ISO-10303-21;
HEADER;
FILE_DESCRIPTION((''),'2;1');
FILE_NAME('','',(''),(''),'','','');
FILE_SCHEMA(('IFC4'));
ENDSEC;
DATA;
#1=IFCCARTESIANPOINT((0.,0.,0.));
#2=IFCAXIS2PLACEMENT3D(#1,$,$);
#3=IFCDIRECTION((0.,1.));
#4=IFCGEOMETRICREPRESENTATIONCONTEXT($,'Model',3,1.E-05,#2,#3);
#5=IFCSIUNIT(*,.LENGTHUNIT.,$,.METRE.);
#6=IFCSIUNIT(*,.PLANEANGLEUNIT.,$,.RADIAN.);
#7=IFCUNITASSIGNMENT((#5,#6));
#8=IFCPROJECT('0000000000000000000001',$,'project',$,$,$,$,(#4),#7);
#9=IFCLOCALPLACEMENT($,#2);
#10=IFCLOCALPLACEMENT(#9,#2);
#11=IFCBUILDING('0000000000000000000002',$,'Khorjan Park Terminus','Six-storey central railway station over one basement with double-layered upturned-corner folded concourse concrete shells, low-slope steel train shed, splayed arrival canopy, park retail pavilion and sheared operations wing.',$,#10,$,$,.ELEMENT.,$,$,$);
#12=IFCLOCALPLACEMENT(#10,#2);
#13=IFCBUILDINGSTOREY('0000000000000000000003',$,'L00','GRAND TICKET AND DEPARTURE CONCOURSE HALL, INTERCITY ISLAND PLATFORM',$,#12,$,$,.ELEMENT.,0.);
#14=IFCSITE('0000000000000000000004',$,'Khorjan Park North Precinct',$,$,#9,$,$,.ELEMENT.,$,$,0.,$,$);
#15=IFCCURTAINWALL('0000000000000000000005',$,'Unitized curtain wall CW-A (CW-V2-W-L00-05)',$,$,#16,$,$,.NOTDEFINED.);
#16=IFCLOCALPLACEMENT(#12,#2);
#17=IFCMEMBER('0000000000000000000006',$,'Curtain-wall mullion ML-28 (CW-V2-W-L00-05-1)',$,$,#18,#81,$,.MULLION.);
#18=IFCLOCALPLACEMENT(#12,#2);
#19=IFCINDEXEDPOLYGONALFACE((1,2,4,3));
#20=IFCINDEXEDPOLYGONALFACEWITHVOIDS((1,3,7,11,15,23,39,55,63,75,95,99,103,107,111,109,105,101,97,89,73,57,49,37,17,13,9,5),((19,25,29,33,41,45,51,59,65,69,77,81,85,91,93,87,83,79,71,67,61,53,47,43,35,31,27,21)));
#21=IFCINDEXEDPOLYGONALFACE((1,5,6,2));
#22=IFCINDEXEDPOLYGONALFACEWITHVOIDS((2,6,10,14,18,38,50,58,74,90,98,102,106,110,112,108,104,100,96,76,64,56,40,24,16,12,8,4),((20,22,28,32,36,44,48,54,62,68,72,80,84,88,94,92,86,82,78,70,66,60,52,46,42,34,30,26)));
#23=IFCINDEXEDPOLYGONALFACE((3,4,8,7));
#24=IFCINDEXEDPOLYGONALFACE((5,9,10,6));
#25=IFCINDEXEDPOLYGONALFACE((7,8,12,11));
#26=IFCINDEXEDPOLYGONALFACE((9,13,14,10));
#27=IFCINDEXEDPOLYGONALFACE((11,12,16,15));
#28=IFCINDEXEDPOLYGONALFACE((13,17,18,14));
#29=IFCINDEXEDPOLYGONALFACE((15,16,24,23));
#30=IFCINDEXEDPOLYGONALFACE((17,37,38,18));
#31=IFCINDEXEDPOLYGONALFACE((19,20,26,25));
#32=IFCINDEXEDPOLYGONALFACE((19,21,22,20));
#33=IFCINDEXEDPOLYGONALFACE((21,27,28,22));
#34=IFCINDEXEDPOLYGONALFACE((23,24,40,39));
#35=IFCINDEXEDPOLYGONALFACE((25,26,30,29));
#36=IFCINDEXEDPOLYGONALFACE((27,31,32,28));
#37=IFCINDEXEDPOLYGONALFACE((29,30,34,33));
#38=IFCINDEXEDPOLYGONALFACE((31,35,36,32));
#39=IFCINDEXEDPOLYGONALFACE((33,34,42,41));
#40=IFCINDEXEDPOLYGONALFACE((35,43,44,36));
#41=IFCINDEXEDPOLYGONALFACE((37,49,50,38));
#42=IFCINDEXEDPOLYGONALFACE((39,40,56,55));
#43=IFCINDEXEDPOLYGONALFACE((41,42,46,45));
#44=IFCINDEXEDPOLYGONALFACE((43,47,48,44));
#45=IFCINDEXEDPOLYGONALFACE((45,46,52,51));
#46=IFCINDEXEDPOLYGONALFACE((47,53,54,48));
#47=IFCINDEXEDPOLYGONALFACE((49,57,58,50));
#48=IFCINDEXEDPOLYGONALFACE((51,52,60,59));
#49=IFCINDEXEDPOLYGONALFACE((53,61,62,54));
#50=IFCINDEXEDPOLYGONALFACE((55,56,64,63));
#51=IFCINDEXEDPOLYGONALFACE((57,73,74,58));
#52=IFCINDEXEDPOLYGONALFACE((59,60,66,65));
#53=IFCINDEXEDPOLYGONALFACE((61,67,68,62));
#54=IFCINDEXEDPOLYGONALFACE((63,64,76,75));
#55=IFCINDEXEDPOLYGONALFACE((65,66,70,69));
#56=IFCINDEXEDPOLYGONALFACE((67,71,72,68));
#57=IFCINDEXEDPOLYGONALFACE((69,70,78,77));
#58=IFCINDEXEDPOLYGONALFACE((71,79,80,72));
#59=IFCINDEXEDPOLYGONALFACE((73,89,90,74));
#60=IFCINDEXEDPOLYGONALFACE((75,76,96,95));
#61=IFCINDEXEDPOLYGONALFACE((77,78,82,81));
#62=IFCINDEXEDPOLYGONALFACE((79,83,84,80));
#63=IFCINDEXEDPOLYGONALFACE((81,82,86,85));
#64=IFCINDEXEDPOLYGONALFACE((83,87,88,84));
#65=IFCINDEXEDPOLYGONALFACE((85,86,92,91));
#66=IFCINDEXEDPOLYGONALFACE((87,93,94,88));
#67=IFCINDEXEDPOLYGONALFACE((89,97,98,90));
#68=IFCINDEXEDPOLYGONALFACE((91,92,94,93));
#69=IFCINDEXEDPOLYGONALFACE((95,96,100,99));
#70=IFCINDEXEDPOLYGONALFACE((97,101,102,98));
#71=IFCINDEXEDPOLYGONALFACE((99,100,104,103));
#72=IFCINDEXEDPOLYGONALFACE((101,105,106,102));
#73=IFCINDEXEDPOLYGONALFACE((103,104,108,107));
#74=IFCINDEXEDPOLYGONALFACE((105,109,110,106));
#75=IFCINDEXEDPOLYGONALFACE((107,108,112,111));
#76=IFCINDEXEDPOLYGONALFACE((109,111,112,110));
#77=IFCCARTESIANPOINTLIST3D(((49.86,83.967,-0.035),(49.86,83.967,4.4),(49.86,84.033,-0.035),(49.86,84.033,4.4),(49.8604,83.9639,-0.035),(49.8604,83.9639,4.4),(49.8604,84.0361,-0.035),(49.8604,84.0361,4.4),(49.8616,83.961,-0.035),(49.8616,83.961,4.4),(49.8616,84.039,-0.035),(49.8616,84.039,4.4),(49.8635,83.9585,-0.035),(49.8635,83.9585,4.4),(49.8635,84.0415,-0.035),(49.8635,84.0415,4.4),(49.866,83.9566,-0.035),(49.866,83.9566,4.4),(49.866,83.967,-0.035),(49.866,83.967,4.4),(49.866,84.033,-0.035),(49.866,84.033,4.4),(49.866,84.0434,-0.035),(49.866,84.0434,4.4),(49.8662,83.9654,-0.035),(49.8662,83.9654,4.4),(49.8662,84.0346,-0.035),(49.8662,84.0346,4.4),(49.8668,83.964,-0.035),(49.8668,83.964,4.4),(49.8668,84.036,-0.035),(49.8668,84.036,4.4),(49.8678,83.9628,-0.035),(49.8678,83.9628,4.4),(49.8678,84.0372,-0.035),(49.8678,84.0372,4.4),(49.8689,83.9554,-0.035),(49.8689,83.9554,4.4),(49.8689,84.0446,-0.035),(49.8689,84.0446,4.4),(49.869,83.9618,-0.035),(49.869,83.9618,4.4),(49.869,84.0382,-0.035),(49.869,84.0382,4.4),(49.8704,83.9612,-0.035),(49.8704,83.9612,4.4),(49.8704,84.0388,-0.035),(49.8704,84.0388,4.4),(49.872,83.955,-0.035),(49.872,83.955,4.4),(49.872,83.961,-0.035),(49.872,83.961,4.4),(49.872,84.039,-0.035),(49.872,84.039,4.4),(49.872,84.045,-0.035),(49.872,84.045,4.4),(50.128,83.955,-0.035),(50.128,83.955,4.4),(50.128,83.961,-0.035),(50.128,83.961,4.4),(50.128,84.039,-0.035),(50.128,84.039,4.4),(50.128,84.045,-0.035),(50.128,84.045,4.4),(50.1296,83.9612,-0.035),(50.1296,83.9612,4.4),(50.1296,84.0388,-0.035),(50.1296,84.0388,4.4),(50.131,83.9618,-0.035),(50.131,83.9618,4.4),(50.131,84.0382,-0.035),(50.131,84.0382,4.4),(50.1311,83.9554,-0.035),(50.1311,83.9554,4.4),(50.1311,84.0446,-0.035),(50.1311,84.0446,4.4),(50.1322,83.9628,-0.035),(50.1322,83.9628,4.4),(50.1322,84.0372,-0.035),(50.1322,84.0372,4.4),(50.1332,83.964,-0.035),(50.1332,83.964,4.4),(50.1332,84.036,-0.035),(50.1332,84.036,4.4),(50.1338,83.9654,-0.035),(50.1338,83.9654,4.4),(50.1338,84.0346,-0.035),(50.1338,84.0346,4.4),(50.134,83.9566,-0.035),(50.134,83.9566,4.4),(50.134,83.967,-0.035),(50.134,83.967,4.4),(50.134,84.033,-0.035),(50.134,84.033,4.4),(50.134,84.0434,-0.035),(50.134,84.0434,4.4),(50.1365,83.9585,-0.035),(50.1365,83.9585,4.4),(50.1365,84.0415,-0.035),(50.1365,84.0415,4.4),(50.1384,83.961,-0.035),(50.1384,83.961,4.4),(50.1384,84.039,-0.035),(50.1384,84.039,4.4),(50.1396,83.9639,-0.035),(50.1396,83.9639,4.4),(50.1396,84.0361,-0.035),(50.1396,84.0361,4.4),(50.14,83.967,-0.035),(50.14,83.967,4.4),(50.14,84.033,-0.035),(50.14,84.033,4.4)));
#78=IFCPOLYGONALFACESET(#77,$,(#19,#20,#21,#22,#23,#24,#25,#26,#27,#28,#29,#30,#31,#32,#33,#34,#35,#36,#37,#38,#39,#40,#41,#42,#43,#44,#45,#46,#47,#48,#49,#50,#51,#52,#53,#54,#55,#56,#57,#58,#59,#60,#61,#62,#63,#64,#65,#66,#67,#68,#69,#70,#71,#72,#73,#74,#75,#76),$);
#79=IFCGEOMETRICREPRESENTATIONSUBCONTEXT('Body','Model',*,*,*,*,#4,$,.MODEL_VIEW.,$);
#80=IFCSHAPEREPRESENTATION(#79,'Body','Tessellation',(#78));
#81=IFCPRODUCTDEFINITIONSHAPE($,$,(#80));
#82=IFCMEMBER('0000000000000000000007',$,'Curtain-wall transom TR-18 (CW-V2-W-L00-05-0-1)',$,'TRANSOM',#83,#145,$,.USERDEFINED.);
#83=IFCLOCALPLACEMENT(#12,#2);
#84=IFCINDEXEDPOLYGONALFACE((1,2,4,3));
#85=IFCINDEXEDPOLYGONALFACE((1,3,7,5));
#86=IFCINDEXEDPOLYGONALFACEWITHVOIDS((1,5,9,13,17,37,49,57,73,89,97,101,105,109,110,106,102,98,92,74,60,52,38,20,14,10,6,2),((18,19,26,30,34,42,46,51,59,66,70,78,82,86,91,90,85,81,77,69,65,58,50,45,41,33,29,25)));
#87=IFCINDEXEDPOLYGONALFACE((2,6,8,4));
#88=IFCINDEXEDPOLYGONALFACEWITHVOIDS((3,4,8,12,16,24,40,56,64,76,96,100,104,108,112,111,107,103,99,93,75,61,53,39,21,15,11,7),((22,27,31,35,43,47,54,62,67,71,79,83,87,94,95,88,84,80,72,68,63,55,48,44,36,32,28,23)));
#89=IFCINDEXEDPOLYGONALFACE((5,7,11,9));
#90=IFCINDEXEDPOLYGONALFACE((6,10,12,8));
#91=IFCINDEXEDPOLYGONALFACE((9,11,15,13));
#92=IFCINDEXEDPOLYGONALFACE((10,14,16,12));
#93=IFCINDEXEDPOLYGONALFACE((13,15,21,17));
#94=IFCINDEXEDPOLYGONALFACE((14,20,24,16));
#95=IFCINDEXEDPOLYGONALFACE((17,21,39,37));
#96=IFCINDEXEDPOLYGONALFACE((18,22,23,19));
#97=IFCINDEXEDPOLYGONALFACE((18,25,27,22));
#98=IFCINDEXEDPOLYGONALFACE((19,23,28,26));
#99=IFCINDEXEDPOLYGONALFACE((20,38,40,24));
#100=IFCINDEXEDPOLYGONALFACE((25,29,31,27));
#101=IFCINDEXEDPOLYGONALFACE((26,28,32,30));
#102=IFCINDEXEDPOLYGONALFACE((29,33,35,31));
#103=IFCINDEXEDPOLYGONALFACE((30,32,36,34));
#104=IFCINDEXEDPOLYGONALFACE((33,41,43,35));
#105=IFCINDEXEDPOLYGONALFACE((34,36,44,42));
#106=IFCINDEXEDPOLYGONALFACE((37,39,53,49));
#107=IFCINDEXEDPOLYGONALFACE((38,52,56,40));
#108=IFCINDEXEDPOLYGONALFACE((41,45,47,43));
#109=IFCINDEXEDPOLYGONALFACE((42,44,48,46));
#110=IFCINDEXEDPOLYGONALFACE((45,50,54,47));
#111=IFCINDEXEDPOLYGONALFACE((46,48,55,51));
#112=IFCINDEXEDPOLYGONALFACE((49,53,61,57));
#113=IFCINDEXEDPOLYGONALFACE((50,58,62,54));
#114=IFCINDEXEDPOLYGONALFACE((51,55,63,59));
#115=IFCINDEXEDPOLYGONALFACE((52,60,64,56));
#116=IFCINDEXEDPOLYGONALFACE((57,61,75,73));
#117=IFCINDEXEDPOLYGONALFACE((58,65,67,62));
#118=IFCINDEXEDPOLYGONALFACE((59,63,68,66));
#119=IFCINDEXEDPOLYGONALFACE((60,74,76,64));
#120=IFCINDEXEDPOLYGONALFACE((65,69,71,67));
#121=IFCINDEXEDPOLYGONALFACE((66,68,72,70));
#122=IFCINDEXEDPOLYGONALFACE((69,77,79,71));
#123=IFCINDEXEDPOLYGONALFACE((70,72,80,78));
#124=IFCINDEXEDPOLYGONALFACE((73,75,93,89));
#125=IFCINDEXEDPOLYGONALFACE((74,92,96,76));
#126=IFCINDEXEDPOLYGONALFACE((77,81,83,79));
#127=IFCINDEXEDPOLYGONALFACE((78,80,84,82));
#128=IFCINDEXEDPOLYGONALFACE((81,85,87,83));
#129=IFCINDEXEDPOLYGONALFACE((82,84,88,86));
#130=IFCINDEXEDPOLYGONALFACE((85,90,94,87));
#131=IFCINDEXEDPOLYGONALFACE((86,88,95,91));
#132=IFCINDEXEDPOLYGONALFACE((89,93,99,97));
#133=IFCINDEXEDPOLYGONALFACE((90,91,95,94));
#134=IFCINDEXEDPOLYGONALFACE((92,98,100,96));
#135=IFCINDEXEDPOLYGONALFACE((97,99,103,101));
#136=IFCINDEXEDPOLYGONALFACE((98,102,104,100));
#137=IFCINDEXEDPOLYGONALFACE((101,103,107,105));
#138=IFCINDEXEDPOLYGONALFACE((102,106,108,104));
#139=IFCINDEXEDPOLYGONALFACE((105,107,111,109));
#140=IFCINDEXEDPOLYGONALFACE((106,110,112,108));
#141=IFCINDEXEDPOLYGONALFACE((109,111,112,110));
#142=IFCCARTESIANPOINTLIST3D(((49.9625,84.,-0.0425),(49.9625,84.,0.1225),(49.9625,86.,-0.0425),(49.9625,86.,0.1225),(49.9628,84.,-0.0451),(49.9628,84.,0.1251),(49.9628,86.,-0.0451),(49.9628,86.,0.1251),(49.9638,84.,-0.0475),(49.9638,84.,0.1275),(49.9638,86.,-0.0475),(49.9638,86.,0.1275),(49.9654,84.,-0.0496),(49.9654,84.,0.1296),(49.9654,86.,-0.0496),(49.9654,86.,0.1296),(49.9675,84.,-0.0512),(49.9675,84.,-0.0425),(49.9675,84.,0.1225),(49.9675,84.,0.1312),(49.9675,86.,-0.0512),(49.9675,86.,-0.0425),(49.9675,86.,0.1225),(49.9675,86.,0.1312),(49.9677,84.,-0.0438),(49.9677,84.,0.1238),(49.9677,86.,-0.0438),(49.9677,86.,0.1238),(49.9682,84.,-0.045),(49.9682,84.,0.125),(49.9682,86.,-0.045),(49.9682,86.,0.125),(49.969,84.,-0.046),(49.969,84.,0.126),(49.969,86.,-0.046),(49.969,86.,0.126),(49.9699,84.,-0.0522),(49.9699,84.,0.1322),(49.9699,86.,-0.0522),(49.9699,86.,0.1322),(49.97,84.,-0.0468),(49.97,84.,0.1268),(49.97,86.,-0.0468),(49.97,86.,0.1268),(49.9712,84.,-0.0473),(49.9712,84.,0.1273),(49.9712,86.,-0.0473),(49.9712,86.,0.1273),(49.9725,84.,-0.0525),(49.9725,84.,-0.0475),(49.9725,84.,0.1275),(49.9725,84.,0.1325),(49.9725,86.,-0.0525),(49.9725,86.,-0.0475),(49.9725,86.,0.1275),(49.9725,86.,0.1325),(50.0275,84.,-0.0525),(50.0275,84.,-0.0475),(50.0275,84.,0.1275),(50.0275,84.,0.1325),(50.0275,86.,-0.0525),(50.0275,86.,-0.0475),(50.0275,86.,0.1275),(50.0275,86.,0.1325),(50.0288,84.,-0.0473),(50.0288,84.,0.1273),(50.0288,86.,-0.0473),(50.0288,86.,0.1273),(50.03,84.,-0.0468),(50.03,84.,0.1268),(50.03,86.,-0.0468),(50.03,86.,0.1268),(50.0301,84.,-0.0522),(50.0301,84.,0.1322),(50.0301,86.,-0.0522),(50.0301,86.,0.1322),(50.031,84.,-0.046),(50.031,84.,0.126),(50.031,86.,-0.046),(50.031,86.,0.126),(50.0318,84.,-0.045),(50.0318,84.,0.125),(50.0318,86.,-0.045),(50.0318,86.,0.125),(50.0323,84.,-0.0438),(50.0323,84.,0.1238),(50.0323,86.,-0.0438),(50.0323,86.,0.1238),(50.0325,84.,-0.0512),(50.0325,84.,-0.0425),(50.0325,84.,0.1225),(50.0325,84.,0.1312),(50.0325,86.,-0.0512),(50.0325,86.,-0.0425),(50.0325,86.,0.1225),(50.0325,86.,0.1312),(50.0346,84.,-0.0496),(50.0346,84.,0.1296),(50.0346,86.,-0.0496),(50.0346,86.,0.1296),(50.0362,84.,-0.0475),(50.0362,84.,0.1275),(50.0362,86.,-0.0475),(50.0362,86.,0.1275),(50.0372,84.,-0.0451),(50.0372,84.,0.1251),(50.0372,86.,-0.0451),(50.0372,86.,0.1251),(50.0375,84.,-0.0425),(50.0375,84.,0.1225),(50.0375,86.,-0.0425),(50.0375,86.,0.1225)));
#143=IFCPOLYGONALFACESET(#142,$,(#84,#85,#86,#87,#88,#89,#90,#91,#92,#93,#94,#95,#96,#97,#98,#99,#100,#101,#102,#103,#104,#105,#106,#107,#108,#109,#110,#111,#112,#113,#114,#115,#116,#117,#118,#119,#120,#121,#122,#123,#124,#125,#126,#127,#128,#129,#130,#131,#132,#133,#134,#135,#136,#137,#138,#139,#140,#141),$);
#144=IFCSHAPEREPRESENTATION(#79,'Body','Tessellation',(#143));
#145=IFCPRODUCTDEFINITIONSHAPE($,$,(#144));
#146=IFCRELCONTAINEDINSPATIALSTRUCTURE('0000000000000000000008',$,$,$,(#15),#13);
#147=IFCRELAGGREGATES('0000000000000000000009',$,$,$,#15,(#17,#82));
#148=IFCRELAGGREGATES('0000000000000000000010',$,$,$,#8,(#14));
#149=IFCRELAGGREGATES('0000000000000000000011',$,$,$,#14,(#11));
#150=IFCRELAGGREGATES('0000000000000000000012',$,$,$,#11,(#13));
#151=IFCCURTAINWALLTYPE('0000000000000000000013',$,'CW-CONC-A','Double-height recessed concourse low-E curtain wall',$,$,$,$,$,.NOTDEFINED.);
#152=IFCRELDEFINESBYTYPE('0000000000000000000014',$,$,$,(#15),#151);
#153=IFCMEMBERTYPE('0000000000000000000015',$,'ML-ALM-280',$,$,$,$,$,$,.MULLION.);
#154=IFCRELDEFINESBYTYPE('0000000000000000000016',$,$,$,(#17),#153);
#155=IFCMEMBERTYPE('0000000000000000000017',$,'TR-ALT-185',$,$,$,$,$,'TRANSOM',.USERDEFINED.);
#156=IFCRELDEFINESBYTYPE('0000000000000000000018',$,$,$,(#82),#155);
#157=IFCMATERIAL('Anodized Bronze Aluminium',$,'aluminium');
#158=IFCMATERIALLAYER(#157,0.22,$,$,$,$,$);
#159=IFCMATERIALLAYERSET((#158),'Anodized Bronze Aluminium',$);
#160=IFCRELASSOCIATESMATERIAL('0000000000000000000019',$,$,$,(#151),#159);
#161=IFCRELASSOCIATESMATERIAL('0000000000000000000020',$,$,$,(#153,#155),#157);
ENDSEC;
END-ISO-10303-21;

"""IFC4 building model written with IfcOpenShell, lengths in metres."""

from ifc_helpers import new_model, si_unit, direction, frame, origin, origin_2d, place, context, subcontext, project, spatial, hollow_rectangle, extrude, material, layer, layer_set, material_profile, profile_set, type_object, element, aggregate, save


model = new_model("IFC4")

# Units and contexts
model_context = context("Model", 3, precision=1e-05, world=origin(), true_north=direction((0.0, 1.0)))
body_context = subcontext(model_context, "Body", "Model", "MODEL_VIEW")
ifc_project = project(units=[si_unit("LENGTHUNIT", "METRE"), si_unit("PLANEANGLEUNIT", "RADIAN")], contexts=[model_context])

# Site, building, storey
site_placement = place(None, origin())
site = spatial("IfcSite", under=ifc_project, at=site_placement, Name="Khorjan Park North Precinct", CompositionType="ELEMENT", RefElevation=0.0)
building_placement = place(site_placement, origin())
building = spatial("IfcBuilding", under=site, at=building_placement, Name="Khorjan Park Terminus", Description="Six-storey central railway station over one basement with double-layered upturned-corner folded concourse concrete shells, low-slope steel train shed, splayed arrival canopy, park retail pavilion and sheared operations wing.", CompositionType="ELEMENT")
storey_placement = place(building_placement, origin())
storey = spatial("IfcBuildingStorey", under=building, at=storey_placement, Name="L00", Description="GRAND TICKET AND DEPARTURE CONCOURSE HALL, INTERCITY ISLAND PLATFORM", CompositionType="ELEMENT", Elevation=0.0)

# Shared definitions
ifc_material_1 = material(Name="Anodized Bronze Aluminium", Category="aluminium")
ifc_layer_1 = layer(ifc_material_1, 0.22)
ifc_layer_set_1 = layer_set([ifc_layer_1], Name="Anodized Bronze Aluminium")
curtain_wall_type = type_object("IfcCurtainWallType", Name="CW-CONC-A", Description="Double-height recessed concourse low-E curtain wall", PredefinedType="NOTDEFINED", material=ifc_layer_set_1)
ifc_material_profile_1 = material_profile(ifc_material_1, hollow_rectangle(XDim=0.09, YDim=0.28, WallThickness=0.006, InnerFilletRadius=0.006, OuterFilletRadius=0.012, at=origin_2d()), Name="ALM 90x280x6")
ifc_profile_set_1 = profile_set([ifc_material_profile_1], Name="Anodized Bronze Aluminium")
member_type_1 = type_object("IfcMemberType", Name="ML-ALM-280", PredefinedType="MULLION", material=ifc_profile_set_1)

# Curtain wall, members
curtain_wall_1_placement = place(storey_placement, origin())
curtain_wall_1 = element("IfcCurtainWall", 1, at=curtain_wall_1_placement, inside=storey, type_object=curtain_wall_type, Name="Unitized curtain wall CW-A (CW-V2-W-L00-05)", PredefinedType="NOTDEFINED")
member_1_placement = place(storey_placement, frame((50.0, 84.0, -0.035), z_axis=(0.0, 0.0, 1.0), x_axis=(0.0, -1.0, 0.0)))
member_1 = element("IfcMember", 2, at=member_1_placement, type_object=member_type_1, Name="Curtain-wall mullion ML-28 (CW-V2-W-L00-05-1)", PredefinedType="MULLION", context=body_context, shape_type="SweptSolid", body=[
    extrude(hollow_rectangle(XDim=0.09, YDim=0.28, WallThickness=0.006, InnerFilletRadius=0.006, OuterFilletRadius=0.012, at=origin_2d()), origin(), (0.0, 0.0, 1.0), 4.435),
])
ifc_material_profile_2 = material_profile(ifc_material_1, hollow_rectangle(XDim=0.075, YDim=0.185, WallThickness=0.005, InnerFilletRadius=0.005, OuterFilletRadius=0.01, at=origin_2d()), Name="ALT 75x185x5")
ifc_profile_set_2 = profile_set([ifc_material_profile_2], Name="Anodized Bronze Aluminium")
member_type_2 = type_object("IfcMemberType", Name="TR-ALT-185", ElementType="TRANSOM", PredefinedType="USERDEFINED", material=ifc_profile_set_2)
member_2_placement = place(storey_placement, frame((50.0, 86.0, 0.04), z_axis=(0.0, -1.0, 0.0), x_axis=(1.0, 0.0, 0.0)))
member_2 = element("IfcMember", 3, at=member_2_placement, type_object=member_type_2, Name="Curtain-wall transom TR-18 (CW-V2-W-L00-05-0-1)", ObjectType="TRANSOM", PredefinedType="USERDEFINED", context=body_context, shape_type="SweptSolid", body=[
    extrude(hollow_rectangle(XDim=0.075, YDim=0.185, WallThickness=0.005, InnerFilletRadius=0.005, OuterFilletRadius=0.01, at=origin_2d()), origin(), (0.0, 0.0, 1.0), 2.0),
])
aggregate(curtain_wall_1, [member_1, member_2])

save(model, "model.ifc")
